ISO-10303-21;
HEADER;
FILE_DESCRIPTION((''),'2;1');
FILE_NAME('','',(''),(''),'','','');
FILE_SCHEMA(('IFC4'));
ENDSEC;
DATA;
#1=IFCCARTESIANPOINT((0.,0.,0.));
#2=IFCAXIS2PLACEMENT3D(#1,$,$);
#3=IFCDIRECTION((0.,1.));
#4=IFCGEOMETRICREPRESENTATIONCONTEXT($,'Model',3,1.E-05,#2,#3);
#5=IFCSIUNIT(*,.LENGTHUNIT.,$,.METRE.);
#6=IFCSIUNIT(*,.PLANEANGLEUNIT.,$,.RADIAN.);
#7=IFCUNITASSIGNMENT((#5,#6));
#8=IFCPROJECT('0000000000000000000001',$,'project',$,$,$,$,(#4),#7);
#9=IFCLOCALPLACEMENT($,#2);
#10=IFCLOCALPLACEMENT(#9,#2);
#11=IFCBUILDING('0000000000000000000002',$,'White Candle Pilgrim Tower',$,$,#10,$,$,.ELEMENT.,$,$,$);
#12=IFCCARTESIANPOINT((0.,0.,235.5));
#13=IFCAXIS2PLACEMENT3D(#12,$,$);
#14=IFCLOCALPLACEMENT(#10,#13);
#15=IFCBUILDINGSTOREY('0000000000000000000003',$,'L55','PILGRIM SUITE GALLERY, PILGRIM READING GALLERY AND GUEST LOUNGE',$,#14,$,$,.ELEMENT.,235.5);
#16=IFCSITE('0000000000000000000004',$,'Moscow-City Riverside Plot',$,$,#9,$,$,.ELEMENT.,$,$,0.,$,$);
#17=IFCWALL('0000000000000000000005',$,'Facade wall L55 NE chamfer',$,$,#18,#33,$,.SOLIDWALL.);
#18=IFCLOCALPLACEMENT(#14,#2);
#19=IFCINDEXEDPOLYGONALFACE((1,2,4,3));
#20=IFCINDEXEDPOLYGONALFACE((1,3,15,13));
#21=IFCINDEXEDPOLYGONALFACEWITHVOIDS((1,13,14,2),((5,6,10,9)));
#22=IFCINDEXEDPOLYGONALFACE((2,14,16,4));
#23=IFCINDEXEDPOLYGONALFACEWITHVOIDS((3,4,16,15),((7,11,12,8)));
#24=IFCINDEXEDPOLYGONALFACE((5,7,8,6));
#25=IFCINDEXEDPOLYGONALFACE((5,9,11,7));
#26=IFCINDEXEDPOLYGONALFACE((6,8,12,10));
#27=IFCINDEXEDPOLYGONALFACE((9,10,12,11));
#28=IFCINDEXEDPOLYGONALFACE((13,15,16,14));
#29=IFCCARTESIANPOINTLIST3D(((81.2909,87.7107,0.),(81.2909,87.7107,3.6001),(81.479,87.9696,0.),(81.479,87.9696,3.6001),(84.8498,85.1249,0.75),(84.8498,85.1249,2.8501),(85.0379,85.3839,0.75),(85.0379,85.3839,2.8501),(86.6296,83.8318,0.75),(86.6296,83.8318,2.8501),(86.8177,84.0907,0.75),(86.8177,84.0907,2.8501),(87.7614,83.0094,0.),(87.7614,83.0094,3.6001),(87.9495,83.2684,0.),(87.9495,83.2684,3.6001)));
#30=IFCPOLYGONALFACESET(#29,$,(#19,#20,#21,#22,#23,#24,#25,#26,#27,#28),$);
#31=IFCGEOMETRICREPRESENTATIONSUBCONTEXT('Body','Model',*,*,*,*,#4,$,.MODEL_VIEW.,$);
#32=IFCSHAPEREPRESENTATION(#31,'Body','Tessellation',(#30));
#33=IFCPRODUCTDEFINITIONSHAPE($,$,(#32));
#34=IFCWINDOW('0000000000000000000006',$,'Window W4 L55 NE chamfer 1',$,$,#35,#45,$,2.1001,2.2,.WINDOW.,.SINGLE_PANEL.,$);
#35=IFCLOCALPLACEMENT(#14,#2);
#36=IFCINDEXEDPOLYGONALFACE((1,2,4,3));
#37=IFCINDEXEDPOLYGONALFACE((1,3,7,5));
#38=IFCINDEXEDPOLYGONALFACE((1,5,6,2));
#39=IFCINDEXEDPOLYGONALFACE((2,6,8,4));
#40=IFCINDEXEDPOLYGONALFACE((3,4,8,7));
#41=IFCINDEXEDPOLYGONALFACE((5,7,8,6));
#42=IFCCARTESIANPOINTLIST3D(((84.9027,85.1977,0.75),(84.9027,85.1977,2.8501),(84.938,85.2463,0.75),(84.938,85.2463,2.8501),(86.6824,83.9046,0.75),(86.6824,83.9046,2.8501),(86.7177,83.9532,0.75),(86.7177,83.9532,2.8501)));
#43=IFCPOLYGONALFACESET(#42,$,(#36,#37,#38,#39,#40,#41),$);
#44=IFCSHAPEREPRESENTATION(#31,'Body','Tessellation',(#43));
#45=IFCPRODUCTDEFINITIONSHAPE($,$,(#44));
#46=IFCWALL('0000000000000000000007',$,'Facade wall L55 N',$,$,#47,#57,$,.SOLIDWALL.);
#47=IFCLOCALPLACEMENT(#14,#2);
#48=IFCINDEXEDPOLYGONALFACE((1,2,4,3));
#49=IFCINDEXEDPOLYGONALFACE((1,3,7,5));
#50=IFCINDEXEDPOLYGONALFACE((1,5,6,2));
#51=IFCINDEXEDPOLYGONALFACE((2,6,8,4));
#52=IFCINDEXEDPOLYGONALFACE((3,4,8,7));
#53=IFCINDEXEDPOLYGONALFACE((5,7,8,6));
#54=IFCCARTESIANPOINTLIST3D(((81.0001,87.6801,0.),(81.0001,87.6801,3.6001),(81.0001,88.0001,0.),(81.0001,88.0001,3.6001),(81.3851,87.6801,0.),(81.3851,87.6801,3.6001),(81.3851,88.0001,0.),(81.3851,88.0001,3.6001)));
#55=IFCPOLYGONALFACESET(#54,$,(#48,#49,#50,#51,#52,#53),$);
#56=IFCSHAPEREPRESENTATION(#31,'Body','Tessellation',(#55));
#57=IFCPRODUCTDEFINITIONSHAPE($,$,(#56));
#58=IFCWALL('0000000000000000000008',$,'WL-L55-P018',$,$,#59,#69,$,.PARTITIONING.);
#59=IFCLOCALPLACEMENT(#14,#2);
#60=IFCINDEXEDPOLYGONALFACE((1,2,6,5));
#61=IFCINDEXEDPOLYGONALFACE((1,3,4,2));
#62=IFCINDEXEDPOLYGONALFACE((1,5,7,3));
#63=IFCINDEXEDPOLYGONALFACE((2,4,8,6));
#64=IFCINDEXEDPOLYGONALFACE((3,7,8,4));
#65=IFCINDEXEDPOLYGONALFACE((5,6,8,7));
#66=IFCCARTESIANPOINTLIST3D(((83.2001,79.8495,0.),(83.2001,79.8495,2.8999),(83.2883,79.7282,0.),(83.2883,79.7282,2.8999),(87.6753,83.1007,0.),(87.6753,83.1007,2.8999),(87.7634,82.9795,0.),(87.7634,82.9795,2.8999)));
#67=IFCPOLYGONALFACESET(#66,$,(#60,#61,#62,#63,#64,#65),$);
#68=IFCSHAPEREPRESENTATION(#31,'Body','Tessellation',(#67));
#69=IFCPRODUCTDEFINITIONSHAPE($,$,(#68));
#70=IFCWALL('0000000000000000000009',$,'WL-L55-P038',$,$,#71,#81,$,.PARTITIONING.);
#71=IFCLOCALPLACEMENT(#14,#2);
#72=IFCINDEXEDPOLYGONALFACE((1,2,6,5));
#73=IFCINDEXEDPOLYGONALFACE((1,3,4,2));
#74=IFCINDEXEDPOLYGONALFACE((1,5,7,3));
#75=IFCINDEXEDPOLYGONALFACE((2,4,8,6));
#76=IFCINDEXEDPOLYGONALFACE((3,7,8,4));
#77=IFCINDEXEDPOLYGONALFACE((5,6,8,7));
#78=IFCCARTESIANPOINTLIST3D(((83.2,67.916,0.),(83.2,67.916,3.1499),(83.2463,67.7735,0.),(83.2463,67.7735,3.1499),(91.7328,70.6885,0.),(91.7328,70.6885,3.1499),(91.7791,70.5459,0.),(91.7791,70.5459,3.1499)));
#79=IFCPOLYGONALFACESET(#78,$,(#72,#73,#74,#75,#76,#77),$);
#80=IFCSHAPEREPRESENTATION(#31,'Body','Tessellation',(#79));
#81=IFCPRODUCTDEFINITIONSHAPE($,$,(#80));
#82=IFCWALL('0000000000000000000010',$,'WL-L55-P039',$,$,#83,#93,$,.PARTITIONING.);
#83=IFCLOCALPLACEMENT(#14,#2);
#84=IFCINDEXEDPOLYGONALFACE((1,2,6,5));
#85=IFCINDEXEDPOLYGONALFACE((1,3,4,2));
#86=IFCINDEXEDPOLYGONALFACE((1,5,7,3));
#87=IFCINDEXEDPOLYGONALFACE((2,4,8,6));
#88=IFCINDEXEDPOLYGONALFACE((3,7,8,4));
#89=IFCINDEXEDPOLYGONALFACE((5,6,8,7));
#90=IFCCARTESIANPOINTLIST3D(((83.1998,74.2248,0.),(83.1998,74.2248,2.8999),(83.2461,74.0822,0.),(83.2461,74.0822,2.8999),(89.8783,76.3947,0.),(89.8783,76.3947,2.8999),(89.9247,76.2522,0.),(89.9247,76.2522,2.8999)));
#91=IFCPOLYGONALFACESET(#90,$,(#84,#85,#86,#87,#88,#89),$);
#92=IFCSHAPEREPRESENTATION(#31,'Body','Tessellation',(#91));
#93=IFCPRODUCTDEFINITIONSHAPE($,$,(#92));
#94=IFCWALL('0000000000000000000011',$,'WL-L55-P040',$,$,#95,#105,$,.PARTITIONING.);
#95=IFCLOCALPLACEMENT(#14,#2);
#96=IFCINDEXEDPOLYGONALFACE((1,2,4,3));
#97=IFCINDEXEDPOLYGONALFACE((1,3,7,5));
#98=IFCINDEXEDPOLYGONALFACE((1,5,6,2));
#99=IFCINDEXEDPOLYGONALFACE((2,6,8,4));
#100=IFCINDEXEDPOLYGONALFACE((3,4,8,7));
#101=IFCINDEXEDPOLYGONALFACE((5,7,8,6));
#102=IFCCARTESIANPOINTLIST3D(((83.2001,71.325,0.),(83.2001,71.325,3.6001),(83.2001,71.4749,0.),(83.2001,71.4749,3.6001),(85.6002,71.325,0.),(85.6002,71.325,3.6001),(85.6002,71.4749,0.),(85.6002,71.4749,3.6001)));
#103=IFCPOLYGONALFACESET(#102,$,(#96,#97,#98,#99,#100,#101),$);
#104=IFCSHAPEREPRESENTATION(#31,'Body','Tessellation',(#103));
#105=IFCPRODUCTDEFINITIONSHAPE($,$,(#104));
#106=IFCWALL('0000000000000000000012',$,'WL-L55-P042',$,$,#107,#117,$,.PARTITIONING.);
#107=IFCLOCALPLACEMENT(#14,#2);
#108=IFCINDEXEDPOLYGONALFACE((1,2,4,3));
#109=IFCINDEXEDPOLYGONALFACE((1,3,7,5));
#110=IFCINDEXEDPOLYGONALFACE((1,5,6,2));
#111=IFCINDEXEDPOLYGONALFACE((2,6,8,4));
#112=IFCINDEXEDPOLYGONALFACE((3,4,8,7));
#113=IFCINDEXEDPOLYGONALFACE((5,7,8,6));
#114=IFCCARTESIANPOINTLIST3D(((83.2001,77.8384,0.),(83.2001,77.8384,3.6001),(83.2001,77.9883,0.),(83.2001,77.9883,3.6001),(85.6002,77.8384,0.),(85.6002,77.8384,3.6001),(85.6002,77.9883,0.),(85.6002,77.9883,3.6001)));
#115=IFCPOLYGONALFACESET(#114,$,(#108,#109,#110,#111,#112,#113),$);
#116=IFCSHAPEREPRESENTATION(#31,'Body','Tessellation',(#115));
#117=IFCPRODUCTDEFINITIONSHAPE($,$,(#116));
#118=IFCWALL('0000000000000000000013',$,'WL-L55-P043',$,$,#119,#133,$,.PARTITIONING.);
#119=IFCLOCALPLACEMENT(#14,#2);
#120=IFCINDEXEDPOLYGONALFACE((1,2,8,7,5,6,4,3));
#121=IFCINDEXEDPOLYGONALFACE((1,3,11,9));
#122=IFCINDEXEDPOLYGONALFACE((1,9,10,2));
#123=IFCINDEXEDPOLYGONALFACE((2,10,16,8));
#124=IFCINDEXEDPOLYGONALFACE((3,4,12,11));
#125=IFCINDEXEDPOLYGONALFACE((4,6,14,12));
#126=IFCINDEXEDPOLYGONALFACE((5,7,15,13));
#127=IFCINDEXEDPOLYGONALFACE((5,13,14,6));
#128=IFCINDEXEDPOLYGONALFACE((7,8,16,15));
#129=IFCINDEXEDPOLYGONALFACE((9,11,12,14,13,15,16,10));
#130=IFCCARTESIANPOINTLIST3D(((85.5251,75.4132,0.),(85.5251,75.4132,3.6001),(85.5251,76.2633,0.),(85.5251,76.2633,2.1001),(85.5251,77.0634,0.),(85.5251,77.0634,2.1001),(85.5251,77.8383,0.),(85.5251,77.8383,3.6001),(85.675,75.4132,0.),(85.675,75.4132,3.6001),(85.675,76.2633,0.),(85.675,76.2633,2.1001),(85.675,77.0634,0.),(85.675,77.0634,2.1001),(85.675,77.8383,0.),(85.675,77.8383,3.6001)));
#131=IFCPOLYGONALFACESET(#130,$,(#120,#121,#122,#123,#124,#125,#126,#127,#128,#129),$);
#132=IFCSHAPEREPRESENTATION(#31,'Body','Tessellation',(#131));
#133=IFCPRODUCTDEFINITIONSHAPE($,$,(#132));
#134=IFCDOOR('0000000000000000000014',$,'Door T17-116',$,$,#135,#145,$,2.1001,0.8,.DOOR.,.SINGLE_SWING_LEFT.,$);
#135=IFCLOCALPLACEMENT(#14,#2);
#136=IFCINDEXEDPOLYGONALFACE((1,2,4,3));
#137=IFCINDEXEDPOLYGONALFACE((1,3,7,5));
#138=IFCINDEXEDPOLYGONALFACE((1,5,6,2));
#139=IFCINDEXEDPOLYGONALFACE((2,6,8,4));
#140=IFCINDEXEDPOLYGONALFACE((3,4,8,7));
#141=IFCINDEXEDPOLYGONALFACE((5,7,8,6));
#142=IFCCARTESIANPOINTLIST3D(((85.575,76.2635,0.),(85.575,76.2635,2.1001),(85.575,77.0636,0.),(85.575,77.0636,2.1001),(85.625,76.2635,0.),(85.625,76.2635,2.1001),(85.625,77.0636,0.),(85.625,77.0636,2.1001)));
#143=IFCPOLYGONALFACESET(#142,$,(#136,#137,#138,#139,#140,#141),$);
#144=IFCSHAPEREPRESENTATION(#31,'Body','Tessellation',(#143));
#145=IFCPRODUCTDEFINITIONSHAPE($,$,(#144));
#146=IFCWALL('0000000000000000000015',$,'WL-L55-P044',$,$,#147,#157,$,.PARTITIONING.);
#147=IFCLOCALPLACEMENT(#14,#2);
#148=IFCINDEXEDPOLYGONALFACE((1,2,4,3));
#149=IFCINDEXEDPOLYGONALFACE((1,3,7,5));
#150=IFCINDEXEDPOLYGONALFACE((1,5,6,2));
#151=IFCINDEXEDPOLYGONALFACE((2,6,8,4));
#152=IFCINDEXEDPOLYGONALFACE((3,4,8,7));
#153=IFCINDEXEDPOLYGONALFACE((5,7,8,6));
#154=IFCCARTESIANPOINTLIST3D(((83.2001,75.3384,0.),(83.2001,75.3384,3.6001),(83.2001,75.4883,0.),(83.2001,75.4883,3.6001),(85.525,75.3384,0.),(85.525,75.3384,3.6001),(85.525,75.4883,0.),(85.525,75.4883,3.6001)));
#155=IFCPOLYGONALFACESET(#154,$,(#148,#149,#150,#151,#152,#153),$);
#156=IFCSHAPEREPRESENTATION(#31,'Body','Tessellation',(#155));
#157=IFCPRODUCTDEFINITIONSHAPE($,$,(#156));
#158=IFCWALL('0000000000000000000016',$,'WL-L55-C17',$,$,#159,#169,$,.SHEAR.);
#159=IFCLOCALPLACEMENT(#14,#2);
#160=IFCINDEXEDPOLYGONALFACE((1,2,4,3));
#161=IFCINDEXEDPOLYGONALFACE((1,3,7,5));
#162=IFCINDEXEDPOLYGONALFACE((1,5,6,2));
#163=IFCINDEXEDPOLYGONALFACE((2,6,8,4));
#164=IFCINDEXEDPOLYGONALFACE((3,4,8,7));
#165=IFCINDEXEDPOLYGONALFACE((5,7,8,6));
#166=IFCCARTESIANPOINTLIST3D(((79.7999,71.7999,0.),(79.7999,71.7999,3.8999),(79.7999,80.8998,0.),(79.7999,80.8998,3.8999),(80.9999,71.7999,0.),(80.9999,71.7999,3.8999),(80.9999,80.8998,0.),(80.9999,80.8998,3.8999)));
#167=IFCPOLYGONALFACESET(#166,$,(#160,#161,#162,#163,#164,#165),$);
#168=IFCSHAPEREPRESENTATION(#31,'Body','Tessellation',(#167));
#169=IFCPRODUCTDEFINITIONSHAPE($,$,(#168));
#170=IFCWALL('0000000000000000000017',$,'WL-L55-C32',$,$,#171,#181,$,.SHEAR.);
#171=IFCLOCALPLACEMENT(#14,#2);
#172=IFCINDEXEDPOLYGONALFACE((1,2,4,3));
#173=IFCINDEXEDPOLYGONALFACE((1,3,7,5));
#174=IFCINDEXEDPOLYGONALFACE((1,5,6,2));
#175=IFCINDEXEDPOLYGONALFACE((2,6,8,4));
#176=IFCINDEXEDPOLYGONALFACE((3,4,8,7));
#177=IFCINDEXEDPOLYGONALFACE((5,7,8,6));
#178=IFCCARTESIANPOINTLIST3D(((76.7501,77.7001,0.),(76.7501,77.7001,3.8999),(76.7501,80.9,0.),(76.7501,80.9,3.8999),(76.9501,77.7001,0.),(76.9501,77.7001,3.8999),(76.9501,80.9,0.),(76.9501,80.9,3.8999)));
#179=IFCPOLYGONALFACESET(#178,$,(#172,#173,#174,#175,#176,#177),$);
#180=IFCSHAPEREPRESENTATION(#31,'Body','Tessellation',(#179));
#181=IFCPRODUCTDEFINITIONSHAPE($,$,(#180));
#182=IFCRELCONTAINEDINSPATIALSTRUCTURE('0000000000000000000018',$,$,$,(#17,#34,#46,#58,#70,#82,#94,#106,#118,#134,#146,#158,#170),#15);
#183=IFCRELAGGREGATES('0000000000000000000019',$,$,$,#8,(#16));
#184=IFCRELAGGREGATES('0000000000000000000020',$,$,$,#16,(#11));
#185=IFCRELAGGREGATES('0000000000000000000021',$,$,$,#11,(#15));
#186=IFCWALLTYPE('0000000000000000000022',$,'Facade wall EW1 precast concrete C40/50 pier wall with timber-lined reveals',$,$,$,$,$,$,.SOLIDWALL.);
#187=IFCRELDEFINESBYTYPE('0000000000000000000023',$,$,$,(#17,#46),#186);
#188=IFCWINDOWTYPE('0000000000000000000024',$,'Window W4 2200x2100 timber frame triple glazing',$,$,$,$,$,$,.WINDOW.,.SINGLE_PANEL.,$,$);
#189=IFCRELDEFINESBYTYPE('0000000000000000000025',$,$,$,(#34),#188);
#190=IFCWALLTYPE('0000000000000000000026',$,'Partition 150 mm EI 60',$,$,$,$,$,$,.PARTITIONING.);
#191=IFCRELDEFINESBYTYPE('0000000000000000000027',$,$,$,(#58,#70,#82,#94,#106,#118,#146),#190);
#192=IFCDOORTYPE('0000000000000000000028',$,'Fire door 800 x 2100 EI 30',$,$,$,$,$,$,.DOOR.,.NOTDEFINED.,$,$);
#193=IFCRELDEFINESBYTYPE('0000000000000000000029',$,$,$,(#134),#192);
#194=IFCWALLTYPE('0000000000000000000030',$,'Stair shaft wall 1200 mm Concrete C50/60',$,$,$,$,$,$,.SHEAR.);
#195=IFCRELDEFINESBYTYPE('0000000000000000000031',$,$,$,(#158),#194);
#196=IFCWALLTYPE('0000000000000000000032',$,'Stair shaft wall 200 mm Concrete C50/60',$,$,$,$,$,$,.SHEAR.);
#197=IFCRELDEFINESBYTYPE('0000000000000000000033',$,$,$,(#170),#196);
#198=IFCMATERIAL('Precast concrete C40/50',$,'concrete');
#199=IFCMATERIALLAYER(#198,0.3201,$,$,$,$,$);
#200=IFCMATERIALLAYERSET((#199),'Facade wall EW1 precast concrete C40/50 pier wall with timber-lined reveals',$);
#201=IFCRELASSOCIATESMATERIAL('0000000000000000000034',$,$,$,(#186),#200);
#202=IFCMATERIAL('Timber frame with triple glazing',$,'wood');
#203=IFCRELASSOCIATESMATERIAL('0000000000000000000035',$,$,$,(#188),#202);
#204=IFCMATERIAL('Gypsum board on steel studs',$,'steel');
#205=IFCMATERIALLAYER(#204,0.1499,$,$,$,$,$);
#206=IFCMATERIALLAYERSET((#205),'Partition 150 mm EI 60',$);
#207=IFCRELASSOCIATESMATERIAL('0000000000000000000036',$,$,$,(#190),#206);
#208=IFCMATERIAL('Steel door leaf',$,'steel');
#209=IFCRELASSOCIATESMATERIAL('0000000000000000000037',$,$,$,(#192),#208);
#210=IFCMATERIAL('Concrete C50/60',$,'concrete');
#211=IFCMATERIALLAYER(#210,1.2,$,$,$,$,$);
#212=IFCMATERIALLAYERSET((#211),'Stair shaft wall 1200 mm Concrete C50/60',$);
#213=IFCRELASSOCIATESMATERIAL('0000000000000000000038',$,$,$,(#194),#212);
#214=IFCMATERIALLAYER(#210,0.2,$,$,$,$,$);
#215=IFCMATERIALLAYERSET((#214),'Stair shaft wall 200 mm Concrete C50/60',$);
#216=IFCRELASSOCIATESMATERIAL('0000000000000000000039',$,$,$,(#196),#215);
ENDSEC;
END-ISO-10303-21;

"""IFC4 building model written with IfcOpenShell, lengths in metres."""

from ifc_helpers import new_model, si_unit, direction, frame, frame_2d, origin, place, context, subcontext, project, spatial, rectangle, extrude, material, layer, layer_set, type_object, element, fill, save


model = new_model("IFC4")

# Units and contexts
model_context = context("Model", 3, precision=1e-05, world=origin(), true_north=direction((0.0, 1.0)))
body_context = subcontext(model_context, "Body", "Model", "MODEL_VIEW")
ifc_project = project(units=[si_unit("LENGTHUNIT", "METRE"), si_unit("PLANEANGLEUNIT", "RADIAN")], contexts=[model_context])

# Site, building, storey
site_placement = place(None, origin())
site = spatial("IfcSite", under=ifc_project, at=site_placement, Name="Moscow-City Riverside Plot", CompositionType="ELEMENT", RefElevation=0.0)
building_placement = place(site_placement, origin())
building = spatial("IfcBuilding", under=site, at=building_placement, Name="White Candle Pilgrim Tower", CompositionType="ELEMENT")
storey_placement = place(building_placement, frame((0.0, 0.0, 235.5)))
storey = spatial("IfcBuildingStorey", under=building, at=storey_placement, Name="L55", Description="PILGRIM SUITE GALLERY, PILGRIM READING GALLERY AND GUEST LOUNGE", CompositionType="ELEMENT", Elevation=235.5)

# Shared definitions
ifc_material_1 = material(Name="Concrete C50/60", Category="concrete")

# Shared definitions
ifc_material_2 = material(Name="Steel door leaf", Category="steel")

# Shared definitions
ifc_material_3 = material(Name="Gypsum board on steel studs", Category="steel")

# Wall, opening, window
ifc_material_4 = material(Name="Precast concrete C40/50", Category="concrete")
ifc_layer_1 = layer(ifc_material_4, 0.3201)
ifc_layer_set_1 = layer_set([ifc_layer_1], Name="Facade wall EW1 precast concrete C40/50 pier wall with timber-lined reveals")
wall_type_1 = type_object("IfcWallType", Name="Facade wall EW1 precast concrete C40/50 pier wall with timber-lined reveals", PredefinedType="SOLIDWALL", material=ifc_layer_set_1)
wall_1_placement = place(storey_placement, frame((87.8555, 83.1389, 0.0), z_axis=(0.0, 0.0, 1.0), x_axis=(-0.809011, 0.587794, 0.0)))
wall_1 = element("IfcWall", 1, at=wall_1_placement, inside=storey, type_object=wall_type_1, Name="Facade wall L55 NE chamfer", PredefinedType="SOLIDWALL", context=body_context, shape_type="SweptSolid", body=[
    extrude(rectangle(XDim=7.998, YDim=0.3201, at=frame_2d((3.999, 0.0))), origin(), (0.0, 0.0, 1.0), 3.6001),
])
opening_1_placement = place(wall_1_placement, frame((1.3989, 0.0, 0.75)))
opening_1 = element("IfcOpeningElement", 2, at=opening_1_placement, cuts=wall_1, PredefinedType="OPENING", context=body_context, shape_type="SweptSolid", body=[
    extrude(rectangle(XDim=2.2, YDim=2.1001, at=frame_2d((1.1001, 1.05))), frame((0.0, 0.1699, 0.0), z_axis=(0.0, -1.0, 0.0), x_axis=(1.0, 0.0, 0.0)), (0.0, 0.0, 1.0), 0.3401),
])
ifc_material_5 = material(Name="Timber frame with triple glazing", Category="wood")
window_type = type_object("IfcWindowType", Name="Window W4 2200x2100 timber frame triple glazing", PartitioningType="SINGLE_PANEL", PredefinedType="WINDOW", material=ifc_material_5)
window_placement = place(opening_1_placement, origin())
window = element("IfcWindow", 3, at=window_placement, inside=storey, type_object=window_type, Name="Window W4 L55 NE chamfer 1", OverallHeight=2.1001, OverallWidth=2.2, PartitioningType="SINGLE_PANEL", PredefinedType="WINDOW", context=body_context, shape_type="SweptSolid", body=[
    extrude(rectangle(XDim=2.2, YDim=2.1001, at=frame_2d((1.1001, 1.05))), frame((0.0, 0.0701, 0.0), z_axis=(0.0, -1.0, 0.0), x_axis=(1.0, 0.0, 0.0)), (0.0, 0.0, 1.0), 0.0601),
])
fill(opening_1, window)

# Walls
wall_2_placement = place(storey_placement, frame((81.385, 87.8401, 0.0), z_axis=(0.0, 0.0, 1.0), x_axis=(-1.0, 0.0, 0.0)))
element("IfcWall", 4, at=wall_2_placement, inside=storey, type_object=wall_type_1, Name="Facade wall L55 N", PredefinedType="SOLIDWALL", context=body_context, shape_type="SweptSolid", body=[
    extrude(rectangle(XDim=0.385, YDim=0.3201, at=frame_2d((0.1924, 0.0))), origin(), (0.0, 0.0, 1.0), 3.6001),
])
ifc_layer_2 = layer(ifc_material_3, 0.1499)
ifc_layer_set_2 = layer_set([ifc_layer_2], Name="Partition 150 mm EI 60")
wall_type_2 = type_object("IfcWallType", Name="Partition 150 mm EI 60", PredefinedType="PARTITIONING", material=ifc_layer_set_2)
wall_3_placement = place(storey_placement, frame((87.7192, 83.04, 0.0), z_axis=(0.0, 0.0, 1.0), x_axis=(-0.809028, -0.58777, 0.0)))
element("IfcWall", 5, at=wall_3_placement, inside=storey, type_object=wall_type_2, Name="WL-L55-P018", PredefinedType="PARTITIONING", context=body_context, shape_type="SweptSolid", body=[
    extrude(rectangle(XDim=5.5315, YDim=0.1499, at=frame_2d((2.7656, 0.0))), origin(), (0.0, 0.0, 1.0), 2.8999),
])
wall_4_placement = place(storey_placement, frame((91.7559, 70.6172, 0.0), z_axis=(0.0, 0.0, 1.0), x_axis=(-0.951056, -0.309018, 0.0)))
element("IfcWall", 6, at=wall_4_placement, inside=storey, type_object=wall_type_2, Name="WL-L55-P038", PredefinedType="PARTITIONING", context=body_context, shape_type="SweptSolid", body=[
    extrude(rectangle(XDim=8.9719, YDim=0.1499, at=frame_2d((4.4858, 0.0))), origin(), (0.0, 0.0, 1.0), 3.1499),
])
wall_5_placement = place(storey_placement, frame((89.9016, 76.3235, 0.0), z_axis=(0.0, 0.0, 1.0), x_axis=(-0.951058, -0.309011, 0.0)))
element("IfcWall", 7, at=wall_5_placement, inside=storey, type_object=wall_type_2, Name="WL-L55-P039", PredefinedType="PARTITIONING", context=body_context, shape_type="SweptSolid", body=[
    extrude(rectangle(XDim=7.0222, YDim=0.1499, at=frame_2d((3.5112, 0.0))), origin(), (0.0, 0.0, 1.0), 2.8999),
])
for number, where, z_axis, x_axis, name in (
    (8, (83.2, 71.3999, 0.0), (0.0, 0.0, 1.0), (1.0, 0.0, 0.0), "WL-L55-P040"),
    (9, (83.2, 77.9133, 0.0), (0.0, 0.0, 1.0), (1.0, 0.0, 0.0), "WL-L55-P042"),
):
    element("IfcWall", number, at=place(storey_placement, frame(where, z_axis=z_axis, x_axis=x_axis)), inside=storey, type_object=wall_type_2, Name=name, PredefinedType="PARTITIONING", context=body_context, shape_type="SweptSolid", body=[
        extrude(rectangle(XDim=2.4001, YDim=0.1499, at=frame_2d((1.2002, 0.0))), origin(), (0.0, 0.0, 1.0), 3.6001),
    ])

# Wall, opening, door
wall_6_placement = place(storey_placement, frame((85.6001, 75.4133, 0.0), z_axis=(0.0, 0.0, 1.0), x_axis=(0.0, 1.0, 0.0)))
wall_6 = element("IfcWall", 10, at=wall_6_placement, inside=storey, type_object=wall_type_2, Name="WL-L55-P043", PredefinedType="PARTITIONING", context=body_context, shape_type="SweptSolid", body=[
    extrude(rectangle(XDim=2.425, YDim=0.1499, at=frame_2d((1.2124, 0.0))), origin(), (0.0, 0.0, 1.0), 3.6001),
])
opening_2_placement = place(wall_6_placement, frame((0.8501, 0.0, 0.0)))
opening_2 = element("IfcOpeningElement", 11, at=opening_2_placement, cuts=wall_6, PredefinedType="OPENING", context=body_context, shape_type="SweptSolid", body=[
    extrude(rectangle(XDim=0.8, YDim=2.1001, at=frame_2d((0.3999, 1.05))), frame((0.0, 0.085, 0.0), z_axis=(0.0, -1.0, 0.0), x_axis=(1.0, 0.0, 0.0)), (0.0, 0.0, 1.0), 0.1699),
])
door_type_1 = type_object("IfcDoorType", Name="Fire door 800 x 2100 EI 30", OperationType="NOTDEFINED", PredefinedType="DOOR", material=ifc_material_2)
door_1_placement = place(opening_2_placement, frame((0.8, 0.0, 0.0), z_axis=(0.0, 0.0, 1.0), x_axis=(-1.0, 0.0, 0.0)))
door_1 = element("IfcDoor", 12, at=door_1_placement, inside=storey, type_object=door_type_1, Name="Door T17-116", OperationType="SINGLE_SWING_LEFT", OverallHeight=2.1001, OverallWidth=0.8, PredefinedType="DOOR", context=body_context, shape_type="SweptSolid", body=[
    extrude(rectangle(XDim=0.8, YDim=2.1001, at=frame_2d((0.3999, 1.05))), frame((0.0, 0.0249, 0.0), z_axis=(0.0, -1.0, 0.0), x_axis=(1.0, 0.0, 0.0)), (0.0, 0.0, 1.0), 0.05),
])
fill(opening_2, door_1)

# Walls
wall_7_placement = place(storey_placement, frame((83.2, 75.4133, 0.0), z_axis=(0.0, 0.0, 1.0), x_axis=(1.0, 0.0, 0.0)))
element("IfcWall", 13, at=wall_7_placement, inside=storey, type_object=wall_type_2, Name="WL-L55-P044", PredefinedType="PARTITIONING", context=body_context, shape_type="SweptSolid", body=[
    extrude(rectangle(XDim=2.325, YDim=0.1499, at=frame_2d((1.1626, 0.0))), origin(), (0.0, 0.0, 1.0), 3.6001),
])
ifc_layer_3 = layer(ifc_material_1, 1.2)
ifc_layer_set_3 = layer_set([ifc_layer_3], Name="Stair shaft wall 1200 mm Concrete C50/60")
wall_type_3 = type_object("IfcWallType", Name="Stair shaft wall 1200 mm Concrete C50/60", PredefinedType="SHEAR", material=ifc_layer_set_3)
wall_8_placement = place(storey_placement, frame((80.3999, 71.8, 0.0), z_axis=(0.0, 0.0, 1.0), x_axis=(0.0, 1.0, 0.0)))
element("IfcWall", 14, at=wall_8_placement, inside=storey, type_object=wall_type_3, Name="WL-L55-C17", PredefinedType="SHEAR", context=body_context, shape_type="SweptSolid", body=[
    extrude(rectangle(XDim=9.0999, YDim=1.2, at=frame_2d((4.5498, 0.0))), origin(), (0.0, 0.0, 1.0), 3.8999),
])
ifc_layer_4 = layer(ifc_material_1, 0.2)
ifc_layer_set_4 = layer_set([ifc_layer_4], Name="Stair shaft wall 200 mm Concrete C50/60")
wall_type_4 = type_object("IfcWallType", Name="Stair shaft wall 200 mm Concrete C50/60", PredefinedType="SHEAR", material=ifc_layer_set_4)
wall_9_placement = place(storey_placement, frame((76.8501, 77.7, 0.0), z_axis=(0.0, 0.0, 1.0), x_axis=(0.0, 1.0, 0.0)))
element("IfcWall", 15, at=wall_9_placement, inside=storey, type_object=wall_type_4, Name="WL-L55-C32", PredefinedType="SHEAR", context=body_context, shape_type="SweptSolid", body=[
    extrude(rectangle(XDim=3.2, YDim=0.2, at=frame_2d((1.6001, 0.0))), origin(), (0.0, 0.0, 1.0), 3.8999),
])

save(model, "model.ifc")
